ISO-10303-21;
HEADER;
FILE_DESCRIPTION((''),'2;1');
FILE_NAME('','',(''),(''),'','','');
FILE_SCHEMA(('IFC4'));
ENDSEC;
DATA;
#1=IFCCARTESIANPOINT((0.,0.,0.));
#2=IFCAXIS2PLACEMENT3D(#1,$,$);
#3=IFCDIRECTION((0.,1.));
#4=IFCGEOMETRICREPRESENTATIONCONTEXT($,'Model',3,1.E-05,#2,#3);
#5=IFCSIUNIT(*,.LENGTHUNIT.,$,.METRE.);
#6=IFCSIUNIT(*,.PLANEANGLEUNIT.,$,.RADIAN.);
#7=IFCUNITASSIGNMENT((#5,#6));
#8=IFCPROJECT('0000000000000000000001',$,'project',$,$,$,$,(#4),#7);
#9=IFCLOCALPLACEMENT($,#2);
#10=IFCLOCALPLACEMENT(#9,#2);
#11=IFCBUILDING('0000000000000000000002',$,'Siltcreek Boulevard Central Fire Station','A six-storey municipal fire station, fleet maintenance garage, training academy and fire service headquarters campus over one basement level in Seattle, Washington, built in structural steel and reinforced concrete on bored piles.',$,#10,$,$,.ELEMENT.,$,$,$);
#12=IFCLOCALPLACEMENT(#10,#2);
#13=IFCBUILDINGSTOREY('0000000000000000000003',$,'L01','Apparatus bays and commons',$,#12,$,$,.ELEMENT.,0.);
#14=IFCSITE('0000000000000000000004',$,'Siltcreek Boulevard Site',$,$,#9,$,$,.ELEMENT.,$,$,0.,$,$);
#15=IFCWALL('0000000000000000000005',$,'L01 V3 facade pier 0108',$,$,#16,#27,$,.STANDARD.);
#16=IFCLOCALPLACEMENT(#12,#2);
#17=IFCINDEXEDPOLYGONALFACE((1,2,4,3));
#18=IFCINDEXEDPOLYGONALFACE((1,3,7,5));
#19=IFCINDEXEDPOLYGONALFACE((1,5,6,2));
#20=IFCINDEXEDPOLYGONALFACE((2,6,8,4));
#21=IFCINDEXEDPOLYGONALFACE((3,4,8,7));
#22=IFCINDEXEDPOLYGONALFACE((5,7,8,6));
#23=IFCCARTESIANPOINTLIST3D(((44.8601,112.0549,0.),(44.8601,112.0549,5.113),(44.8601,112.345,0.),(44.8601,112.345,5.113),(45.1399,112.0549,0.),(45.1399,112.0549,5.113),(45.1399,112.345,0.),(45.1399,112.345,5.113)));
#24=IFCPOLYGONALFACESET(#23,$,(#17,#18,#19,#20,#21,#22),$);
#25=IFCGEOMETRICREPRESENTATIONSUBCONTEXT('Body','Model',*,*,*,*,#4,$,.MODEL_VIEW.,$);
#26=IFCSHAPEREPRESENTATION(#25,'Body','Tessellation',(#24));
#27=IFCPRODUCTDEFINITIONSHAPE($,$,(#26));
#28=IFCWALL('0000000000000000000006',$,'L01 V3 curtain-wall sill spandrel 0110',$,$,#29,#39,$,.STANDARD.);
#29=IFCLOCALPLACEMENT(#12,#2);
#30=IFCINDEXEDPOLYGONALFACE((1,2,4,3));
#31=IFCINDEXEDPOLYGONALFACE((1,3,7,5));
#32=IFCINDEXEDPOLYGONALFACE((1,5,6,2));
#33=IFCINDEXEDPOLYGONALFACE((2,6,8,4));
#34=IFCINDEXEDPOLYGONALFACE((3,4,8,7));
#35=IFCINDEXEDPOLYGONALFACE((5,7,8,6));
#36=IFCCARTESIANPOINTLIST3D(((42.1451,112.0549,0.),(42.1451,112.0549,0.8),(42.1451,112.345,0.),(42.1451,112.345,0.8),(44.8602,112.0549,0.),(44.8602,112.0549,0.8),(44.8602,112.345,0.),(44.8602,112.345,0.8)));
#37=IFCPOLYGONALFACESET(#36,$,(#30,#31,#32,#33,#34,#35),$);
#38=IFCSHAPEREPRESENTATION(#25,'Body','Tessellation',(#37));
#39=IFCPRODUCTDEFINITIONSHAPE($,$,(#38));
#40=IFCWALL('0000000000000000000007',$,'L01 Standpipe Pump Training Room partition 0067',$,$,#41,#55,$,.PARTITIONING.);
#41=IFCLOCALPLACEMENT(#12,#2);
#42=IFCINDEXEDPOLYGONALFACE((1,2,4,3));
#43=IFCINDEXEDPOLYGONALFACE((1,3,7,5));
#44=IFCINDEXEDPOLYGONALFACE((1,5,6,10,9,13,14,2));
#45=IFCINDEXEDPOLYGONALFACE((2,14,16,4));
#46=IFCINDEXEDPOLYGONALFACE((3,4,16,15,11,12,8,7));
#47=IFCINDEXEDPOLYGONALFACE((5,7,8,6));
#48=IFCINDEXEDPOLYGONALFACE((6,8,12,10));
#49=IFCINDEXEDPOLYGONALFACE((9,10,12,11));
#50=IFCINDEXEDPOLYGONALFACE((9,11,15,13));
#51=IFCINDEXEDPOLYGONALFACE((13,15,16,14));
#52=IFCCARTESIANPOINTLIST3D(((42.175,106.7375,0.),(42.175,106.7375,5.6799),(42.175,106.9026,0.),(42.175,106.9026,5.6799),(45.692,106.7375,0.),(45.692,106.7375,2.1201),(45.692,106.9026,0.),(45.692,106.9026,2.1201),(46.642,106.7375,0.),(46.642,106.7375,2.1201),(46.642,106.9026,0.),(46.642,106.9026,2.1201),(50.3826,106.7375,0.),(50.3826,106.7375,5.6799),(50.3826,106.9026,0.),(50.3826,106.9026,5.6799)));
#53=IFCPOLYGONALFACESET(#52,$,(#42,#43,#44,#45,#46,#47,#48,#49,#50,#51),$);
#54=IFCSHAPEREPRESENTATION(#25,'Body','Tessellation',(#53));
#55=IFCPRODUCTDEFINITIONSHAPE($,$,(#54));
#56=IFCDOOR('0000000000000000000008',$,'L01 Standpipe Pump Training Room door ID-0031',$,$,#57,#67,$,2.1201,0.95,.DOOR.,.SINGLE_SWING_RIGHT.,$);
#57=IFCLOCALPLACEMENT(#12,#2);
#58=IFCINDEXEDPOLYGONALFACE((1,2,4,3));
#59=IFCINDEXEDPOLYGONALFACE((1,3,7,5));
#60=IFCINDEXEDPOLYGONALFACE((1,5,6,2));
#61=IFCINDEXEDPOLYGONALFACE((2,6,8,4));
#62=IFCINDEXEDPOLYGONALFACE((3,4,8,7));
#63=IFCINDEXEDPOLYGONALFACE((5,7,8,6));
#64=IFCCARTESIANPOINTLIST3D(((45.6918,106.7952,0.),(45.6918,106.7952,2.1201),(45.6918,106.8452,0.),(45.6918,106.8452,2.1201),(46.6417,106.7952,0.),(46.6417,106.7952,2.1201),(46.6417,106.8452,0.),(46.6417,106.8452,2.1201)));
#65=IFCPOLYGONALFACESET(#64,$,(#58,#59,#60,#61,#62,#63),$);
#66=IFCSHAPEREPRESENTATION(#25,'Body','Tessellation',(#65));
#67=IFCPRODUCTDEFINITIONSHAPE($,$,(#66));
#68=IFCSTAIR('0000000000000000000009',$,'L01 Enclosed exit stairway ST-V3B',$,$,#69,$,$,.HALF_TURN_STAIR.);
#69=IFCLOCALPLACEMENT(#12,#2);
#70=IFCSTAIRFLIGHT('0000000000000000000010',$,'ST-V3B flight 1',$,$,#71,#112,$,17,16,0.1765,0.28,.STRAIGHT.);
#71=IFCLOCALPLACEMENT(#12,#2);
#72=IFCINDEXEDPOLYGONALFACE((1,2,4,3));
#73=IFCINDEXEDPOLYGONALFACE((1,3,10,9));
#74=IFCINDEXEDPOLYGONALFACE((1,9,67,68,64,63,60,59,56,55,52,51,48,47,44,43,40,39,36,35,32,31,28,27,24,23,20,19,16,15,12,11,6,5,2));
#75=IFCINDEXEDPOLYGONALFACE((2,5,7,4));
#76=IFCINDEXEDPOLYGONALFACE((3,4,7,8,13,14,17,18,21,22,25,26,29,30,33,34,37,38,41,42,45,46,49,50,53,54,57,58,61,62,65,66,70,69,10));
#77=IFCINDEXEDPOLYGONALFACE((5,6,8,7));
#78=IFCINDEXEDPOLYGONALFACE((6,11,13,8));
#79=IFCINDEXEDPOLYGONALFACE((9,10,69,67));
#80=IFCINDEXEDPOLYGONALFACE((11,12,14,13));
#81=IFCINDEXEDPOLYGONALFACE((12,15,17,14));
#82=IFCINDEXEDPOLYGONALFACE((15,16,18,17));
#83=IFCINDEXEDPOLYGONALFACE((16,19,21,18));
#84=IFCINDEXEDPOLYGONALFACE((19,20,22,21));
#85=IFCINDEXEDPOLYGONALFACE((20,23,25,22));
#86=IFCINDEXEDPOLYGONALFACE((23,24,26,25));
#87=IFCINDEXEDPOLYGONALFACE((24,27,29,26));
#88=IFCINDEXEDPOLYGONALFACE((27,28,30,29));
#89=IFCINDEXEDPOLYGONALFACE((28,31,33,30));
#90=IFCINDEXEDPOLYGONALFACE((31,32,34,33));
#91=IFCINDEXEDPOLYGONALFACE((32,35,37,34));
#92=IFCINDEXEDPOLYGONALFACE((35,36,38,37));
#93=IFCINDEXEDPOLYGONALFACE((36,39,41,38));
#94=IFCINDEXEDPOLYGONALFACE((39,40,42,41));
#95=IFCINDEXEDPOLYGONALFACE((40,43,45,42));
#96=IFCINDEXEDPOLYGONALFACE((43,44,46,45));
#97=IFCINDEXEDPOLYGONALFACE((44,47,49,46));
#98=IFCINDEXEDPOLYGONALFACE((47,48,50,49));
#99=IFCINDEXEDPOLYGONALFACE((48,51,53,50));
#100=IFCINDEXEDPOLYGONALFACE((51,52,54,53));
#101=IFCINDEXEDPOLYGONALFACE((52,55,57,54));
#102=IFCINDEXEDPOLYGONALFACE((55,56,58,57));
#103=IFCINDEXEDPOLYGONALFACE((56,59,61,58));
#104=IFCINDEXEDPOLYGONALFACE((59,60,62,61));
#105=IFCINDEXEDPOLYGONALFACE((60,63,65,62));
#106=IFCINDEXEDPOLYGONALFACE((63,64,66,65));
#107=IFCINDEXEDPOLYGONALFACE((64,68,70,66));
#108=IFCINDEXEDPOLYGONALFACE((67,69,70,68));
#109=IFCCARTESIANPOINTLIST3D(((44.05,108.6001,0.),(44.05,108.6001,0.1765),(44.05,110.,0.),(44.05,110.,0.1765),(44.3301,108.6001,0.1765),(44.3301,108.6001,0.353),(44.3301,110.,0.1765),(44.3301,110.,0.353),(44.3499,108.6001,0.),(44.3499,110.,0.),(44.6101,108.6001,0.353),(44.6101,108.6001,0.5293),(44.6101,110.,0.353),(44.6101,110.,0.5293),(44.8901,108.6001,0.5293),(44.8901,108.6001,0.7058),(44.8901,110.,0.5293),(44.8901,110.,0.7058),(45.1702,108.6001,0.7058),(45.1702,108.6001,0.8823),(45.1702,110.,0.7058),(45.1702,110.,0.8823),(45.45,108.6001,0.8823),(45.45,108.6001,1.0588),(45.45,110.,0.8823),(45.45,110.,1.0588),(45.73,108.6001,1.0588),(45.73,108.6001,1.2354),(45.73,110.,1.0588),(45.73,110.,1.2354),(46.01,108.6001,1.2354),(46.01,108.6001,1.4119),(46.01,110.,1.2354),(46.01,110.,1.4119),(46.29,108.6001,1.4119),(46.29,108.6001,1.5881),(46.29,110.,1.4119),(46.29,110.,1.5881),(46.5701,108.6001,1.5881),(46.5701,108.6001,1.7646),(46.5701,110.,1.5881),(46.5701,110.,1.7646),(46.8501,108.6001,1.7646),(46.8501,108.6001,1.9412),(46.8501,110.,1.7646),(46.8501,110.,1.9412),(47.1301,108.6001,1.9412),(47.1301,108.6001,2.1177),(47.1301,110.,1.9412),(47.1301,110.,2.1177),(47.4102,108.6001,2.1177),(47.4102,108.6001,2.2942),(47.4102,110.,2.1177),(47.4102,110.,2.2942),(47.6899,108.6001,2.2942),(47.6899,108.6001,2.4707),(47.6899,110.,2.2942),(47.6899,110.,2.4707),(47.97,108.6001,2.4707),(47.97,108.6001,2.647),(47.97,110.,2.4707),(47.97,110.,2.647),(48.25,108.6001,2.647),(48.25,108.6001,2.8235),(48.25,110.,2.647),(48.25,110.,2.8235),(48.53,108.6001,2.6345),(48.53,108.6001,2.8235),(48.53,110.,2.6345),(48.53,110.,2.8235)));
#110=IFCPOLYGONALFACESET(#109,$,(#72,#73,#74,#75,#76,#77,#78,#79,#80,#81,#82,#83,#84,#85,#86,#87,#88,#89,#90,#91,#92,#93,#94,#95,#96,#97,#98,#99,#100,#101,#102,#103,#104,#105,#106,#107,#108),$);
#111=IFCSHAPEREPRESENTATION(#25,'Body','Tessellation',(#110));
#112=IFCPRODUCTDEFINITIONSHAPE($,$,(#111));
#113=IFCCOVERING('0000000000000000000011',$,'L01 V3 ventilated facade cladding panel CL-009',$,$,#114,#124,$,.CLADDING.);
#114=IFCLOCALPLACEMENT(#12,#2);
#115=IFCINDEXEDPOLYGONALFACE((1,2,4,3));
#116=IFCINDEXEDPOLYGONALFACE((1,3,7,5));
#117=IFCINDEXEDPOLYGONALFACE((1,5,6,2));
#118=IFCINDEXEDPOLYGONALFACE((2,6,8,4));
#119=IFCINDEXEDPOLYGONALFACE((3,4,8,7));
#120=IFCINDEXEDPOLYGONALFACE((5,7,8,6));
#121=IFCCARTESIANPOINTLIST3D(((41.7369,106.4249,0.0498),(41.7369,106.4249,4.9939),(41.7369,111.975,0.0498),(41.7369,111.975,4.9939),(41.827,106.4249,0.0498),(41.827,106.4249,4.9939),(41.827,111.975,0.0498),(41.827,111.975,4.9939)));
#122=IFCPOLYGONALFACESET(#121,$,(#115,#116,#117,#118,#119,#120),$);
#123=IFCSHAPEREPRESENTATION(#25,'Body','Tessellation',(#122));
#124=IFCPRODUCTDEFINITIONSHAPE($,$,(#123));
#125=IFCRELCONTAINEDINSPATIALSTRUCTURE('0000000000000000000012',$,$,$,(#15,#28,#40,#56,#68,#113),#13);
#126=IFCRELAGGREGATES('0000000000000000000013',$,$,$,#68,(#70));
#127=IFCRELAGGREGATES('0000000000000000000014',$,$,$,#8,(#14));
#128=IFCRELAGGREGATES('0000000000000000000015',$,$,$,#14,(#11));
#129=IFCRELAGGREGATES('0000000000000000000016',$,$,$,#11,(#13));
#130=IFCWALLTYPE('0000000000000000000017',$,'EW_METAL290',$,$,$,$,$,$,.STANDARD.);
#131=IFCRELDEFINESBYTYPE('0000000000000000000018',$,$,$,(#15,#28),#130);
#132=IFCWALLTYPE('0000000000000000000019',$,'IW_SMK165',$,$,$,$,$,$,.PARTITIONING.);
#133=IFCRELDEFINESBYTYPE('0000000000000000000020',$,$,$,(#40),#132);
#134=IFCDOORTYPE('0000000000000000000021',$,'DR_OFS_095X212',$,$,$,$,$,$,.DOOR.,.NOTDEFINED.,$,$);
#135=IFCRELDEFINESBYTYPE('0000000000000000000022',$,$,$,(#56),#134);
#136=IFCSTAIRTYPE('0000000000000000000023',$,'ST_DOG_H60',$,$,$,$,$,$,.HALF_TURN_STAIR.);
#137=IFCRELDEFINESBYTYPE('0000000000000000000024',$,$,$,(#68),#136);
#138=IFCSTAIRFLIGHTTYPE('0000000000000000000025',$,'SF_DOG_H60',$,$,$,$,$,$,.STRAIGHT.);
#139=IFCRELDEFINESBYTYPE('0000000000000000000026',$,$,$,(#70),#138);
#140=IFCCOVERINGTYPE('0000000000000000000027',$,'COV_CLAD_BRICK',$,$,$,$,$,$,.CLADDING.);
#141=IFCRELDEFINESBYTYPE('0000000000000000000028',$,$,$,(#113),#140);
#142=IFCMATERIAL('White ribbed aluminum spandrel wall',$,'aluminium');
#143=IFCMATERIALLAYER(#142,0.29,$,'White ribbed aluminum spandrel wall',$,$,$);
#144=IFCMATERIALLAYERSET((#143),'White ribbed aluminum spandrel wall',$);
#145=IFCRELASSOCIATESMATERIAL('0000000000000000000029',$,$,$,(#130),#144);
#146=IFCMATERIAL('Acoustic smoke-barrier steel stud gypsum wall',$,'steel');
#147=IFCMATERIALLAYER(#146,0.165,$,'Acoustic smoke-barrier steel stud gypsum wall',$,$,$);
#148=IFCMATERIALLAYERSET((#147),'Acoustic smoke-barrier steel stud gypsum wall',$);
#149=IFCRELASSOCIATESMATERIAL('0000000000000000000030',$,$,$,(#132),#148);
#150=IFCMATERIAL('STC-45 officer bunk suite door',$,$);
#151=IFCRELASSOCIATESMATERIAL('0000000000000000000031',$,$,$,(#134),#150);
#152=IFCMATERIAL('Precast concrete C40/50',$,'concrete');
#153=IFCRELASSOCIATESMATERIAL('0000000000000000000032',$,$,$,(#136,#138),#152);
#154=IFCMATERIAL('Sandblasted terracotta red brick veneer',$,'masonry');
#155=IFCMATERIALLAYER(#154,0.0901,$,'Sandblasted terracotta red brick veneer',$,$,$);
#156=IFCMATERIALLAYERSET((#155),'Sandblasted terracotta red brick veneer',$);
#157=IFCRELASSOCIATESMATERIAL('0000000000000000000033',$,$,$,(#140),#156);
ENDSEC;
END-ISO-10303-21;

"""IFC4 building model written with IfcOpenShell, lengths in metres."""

from ifc_helpers import new_model, si_unit, direction, frame, frame_2d, origin, origin_2d, place, context, subcontext, project, spatial, polyline, rectangle, outline, extrude, material, layer, layer_set, type_object, element, fill, aggregate, save


model = new_model("IFC4")

# Units and contexts
model_context = context("Model", 3, precision=1e-05, world=origin(), true_north=direction((0.0, 1.0)))
body_context = subcontext(model_context, "Body", "Model", "MODEL_VIEW")
ifc_project = project(units=[si_unit("LENGTHUNIT", "METRE"), si_unit("PLANEANGLEUNIT", "RADIAN")], contexts=[model_context])

# Site, building, storey
site_placement = place(None, origin())
site = spatial("IfcSite", under=ifc_project, at=site_placement, Name="Siltcreek Boulevard Site", CompositionType="ELEMENT", RefElevation=0.0)
building_placement = place(site_placement, origin())
building = spatial("IfcBuilding", under=site, at=building_placement, Name="Siltcreek Boulevard Central Fire Station", Description="A six-storey municipal fire station, fleet maintenance garage, training academy and fire service headquarters campus over one basement level in Seattle, Washington, built in structural steel and reinforced concrete on bored piles.", CompositionType="ELEMENT")
storey_placement = place(building_placement, origin())
storey = spatial("IfcBuildingStorey", under=building, at=storey_placement, Name="L01", Description="Apparatus bays and commons", CompositionType="ELEMENT", Elevation=0.0)

# Walls
ifc_material_1 = material(Name="White ribbed aluminum spandrel wall", Category="aluminium")
ifc_layer_1 = layer(ifc_material_1, 0.29, Name="White ribbed aluminum spandrel wall")
ifc_layer_set_1 = layer_set([ifc_layer_1], Name="White ribbed aluminum spandrel wall")
wall_type_1 = type_object("IfcWallType", Name="EW_METAL290", PredefinedType="STANDARD", material=ifc_layer_set_1)
wall_1_placement = place(storey_placement, frame((45.1399, 112.2, 0.0), z_axis=(0.0, 0.0, 1.0), x_axis=(-1.0, 0.0, 0.0)))
element("IfcWall", 1, at=wall_1_placement, inside=storey, type_object=wall_type_1, Name="L01 V3 facade pier 0108", PredefinedType="STANDARD", context=body_context, shape_type="SweptSolid", body=[
    extrude(rectangle(XDim=0.2798, YDim=0.29, at=frame_2d((0.1399, 0.0))), origin(), (0.0, 0.0, 1.0), 5.113),
])
wall_2_placement = place(storey_placement, frame((44.8601, 112.2, 0.0), z_axis=(0.0, 0.0, 1.0), x_axis=(-1.0, 0.0, 0.0)))
element("IfcWall", 2, at=wall_2_placement, inside=storey, type_object=wall_type_1, Name="L01 V3 curtain-wall sill spandrel 0110", PredefinedType="STANDARD", context=body_context, shape_type="SweptSolid", body=[
    extrude(rectangle(XDim=2.7151, YDim=0.29, at=frame_2d((1.3574, 0.0))), origin(), (0.0, 0.0, 1.0), 0.8),
])

# Wall, opening, door
ifc_material_2 = material(Name="Acoustic smoke-barrier steel stud gypsum wall", Category="steel")
ifc_layer_2 = layer(ifc_material_2, 0.165, Name="Acoustic smoke-barrier steel stud gypsum wall")
ifc_layer_set_2 = layer_set([ifc_layer_2], Name="Acoustic smoke-barrier steel stud gypsum wall")
wall_type_2 = type_object("IfcWallType", Name="IW_SMK165", PredefinedType="PARTITIONING", material=ifc_layer_set_2)
wall_3_placement = place(storey_placement, frame((42.175, 106.8201, 0.0), z_axis=(0.0, 0.0, 1.0), x_axis=(1.0, 0.0, 0.0)))
wall_3 = element("IfcWall", 3, at=wall_3_placement, inside=storey, type_object=wall_type_2, Name="L01 Standpipe Pump Training Room partition 0067", PredefinedType="PARTITIONING", context=body_context, shape_type="SweptSolid", body=[
    extrude(rectangle(XDim=8.2075, YDim=0.165, at=frame_2d((4.1038, 0.0))), origin(), (0.0, 0.0, 1.0), 5.6799),
])
opening_1_placement = place(wall_3_placement, frame((3.5168, 0.0, 0.0)))
opening_1 = element("IfcOpeningElement", 4, at=opening_1_placement, cuts=wall_3, PredefinedType="OPENING", context=body_context, shape_type="SweptSolid", body=[
    extrude(rectangle(XDim=0.95, YDim=2.1201, at=frame_2d((0.4751, 1.0601))), frame((0.0, 0.0925, 0.0), z_axis=(0.0, -1.0, 0.0), x_axis=(1.0, 0.0, 0.0)), (0.0, 0.0, 1.0), 0.1851),
])
ifc_material_3 = material(Name="STC-45 officer bunk suite door")
door_type_1 = type_object("IfcDoorType", Name="DR_OFS_095X212", OperationType="NOTDEFINED", PredefinedType="DOOR", material=ifc_material_3)
door_1_placement = place(opening_1_placement, frame((0.95, 0.0, 0.0), z_axis=(0.0, 0.0, 1.0), x_axis=(-1.0, 0.0, 0.0)))
door_1 = element("IfcDoor", 5, at=door_1_placement, inside=storey, type_object=door_type_1, Name="L01 Standpipe Pump Training Room door ID-0031", OperationType="SINGLE_SWING_RIGHT", OverallHeight=2.1201, OverallWidth=0.95, PredefinedType="DOOR", context=body_context, shape_type="SweptSolid", body=[
    extrude(rectangle(XDim=0.95, YDim=2.1201, at=frame_2d((0.4751, 1.0601))), frame((0.0, 0.0249, 0.0), z_axis=(0.0, -1.0, 0.0), x_axis=(1.0, 0.0, 0.0)), (0.0, 0.0, 1.0), 0.05),
])
fill(opening_1, door_1)

# Stair, stair flight
ifc_material_4 = material(Name="Precast concrete C40/50", Category="concrete")
stair_type = type_object("IfcStairType", Name="ST_DOG_H60", PredefinedType="HALF_TURN_STAIR", material=ifc_material_4)
stair_placement = place(storey_placement, origin())
stair = element("IfcStair", 6, at=stair_placement, inside=storey, type_object=stair_type, Name="L01 Enclosed exit stairway ST-V3B", PredefinedType="HALF_TURN_STAIR")
stair_flight_type = type_object("IfcStairFlightType", Name="SF_DOG_H60", PredefinedType="STRAIGHT", material=ifc_material_4)
stair_flight_placement = place(storey_placement, frame((44.05, 109.3, 0.0), z_axis=(0.0, 0.0, 1.0), x_axis=(1.0, 0.0, 0.0)))
stair_flight = element("IfcStairFlight", 7, at=stair_flight_placement, type_object=stair_flight_type, Name="ST-V3B flight 1", NumberOfRisers=17, NumberOfTreads=16, PredefinedType="STRAIGHT", RiserHeight=0.1765, TreadLength=0.28, context=body_context, shape_type="SweptSolid", body=[
    extrude(outline(polyline([(0.0, 0.0), (0.0, 0.1765), (0.28, 0.1765), (0.28, 0.353), (0.5601, 0.353), (0.5601, 0.5293), (0.8401, 0.5293), (0.8401, 0.7058), (1.1201, 0.7058), (1.1201, 0.8823), (1.3999, 0.8823), (1.3999, 1.0588), (1.6799, 1.0588), (1.6799, 1.2354), (1.96, 1.2354), (1.96, 1.4119), (2.24, 1.4119), (2.24, 1.5881), (2.52, 1.5881), (2.52, 1.7646), (2.8, 1.7646), (2.8, 1.9412), (3.0801, 1.9412), (3.0801, 2.1177), (3.3601, 2.1177), (3.3601, 2.2942), (3.6399, 2.2942), (3.6399, 2.4707), (3.9199, 2.4707), (3.9199, 2.647), (4.2, 2.647), (4.2, 2.8235), (4.48, 2.8235), (4.48, 3.0), (4.48, 2.6345), (0.2998, 0.0), (0.0, 0.0)])), frame((0.0, 0.7, 0.0), z_axis=(0.0, -1.0, 0.0), x_axis=(1.0, 0.0, 0.0)), (0.0, 0.0, 1.0), 1.3999),
])
aggregate(stair, [stair_flight])

# Covering
ifc_material_5 = material(Name="Sandblasted terracotta red brick veneer", Category="masonry")
ifc_layer_3 = layer(ifc_material_5, 0.0901, Name="Sandblasted terracotta red brick veneer")
ifc_layer_set_3 = layer_set([ifc_layer_3], Name="Sandblasted terracotta red brick veneer")
covering_type = type_object("IfcCoveringType", Name="COV_CLAD_BRICK", PredefinedType="CLADDING", material=ifc_layer_set_3)
covering_placement = place(storey_placement, frame((41.782, 109.2, 0.0498), z_axis=(0.0, 0.0, 1.0), x_axis=(0.0, -1.0, 0.0)))
element("IfcCovering", 8, at=covering_placement, inside=storey, type_object=covering_type, Name="L01 V3 ventilated facade cladding panel CL-009", PredefinedType="CLADDING", context=body_context, shape_type="SweptSolid", body=[
    extrude(rectangle(XDim=5.55, YDim=0.0901, at=origin_2d()), origin(), (0.0, 0.0, 1.0), 4.9441),
])

save(model, "model.ifc")
